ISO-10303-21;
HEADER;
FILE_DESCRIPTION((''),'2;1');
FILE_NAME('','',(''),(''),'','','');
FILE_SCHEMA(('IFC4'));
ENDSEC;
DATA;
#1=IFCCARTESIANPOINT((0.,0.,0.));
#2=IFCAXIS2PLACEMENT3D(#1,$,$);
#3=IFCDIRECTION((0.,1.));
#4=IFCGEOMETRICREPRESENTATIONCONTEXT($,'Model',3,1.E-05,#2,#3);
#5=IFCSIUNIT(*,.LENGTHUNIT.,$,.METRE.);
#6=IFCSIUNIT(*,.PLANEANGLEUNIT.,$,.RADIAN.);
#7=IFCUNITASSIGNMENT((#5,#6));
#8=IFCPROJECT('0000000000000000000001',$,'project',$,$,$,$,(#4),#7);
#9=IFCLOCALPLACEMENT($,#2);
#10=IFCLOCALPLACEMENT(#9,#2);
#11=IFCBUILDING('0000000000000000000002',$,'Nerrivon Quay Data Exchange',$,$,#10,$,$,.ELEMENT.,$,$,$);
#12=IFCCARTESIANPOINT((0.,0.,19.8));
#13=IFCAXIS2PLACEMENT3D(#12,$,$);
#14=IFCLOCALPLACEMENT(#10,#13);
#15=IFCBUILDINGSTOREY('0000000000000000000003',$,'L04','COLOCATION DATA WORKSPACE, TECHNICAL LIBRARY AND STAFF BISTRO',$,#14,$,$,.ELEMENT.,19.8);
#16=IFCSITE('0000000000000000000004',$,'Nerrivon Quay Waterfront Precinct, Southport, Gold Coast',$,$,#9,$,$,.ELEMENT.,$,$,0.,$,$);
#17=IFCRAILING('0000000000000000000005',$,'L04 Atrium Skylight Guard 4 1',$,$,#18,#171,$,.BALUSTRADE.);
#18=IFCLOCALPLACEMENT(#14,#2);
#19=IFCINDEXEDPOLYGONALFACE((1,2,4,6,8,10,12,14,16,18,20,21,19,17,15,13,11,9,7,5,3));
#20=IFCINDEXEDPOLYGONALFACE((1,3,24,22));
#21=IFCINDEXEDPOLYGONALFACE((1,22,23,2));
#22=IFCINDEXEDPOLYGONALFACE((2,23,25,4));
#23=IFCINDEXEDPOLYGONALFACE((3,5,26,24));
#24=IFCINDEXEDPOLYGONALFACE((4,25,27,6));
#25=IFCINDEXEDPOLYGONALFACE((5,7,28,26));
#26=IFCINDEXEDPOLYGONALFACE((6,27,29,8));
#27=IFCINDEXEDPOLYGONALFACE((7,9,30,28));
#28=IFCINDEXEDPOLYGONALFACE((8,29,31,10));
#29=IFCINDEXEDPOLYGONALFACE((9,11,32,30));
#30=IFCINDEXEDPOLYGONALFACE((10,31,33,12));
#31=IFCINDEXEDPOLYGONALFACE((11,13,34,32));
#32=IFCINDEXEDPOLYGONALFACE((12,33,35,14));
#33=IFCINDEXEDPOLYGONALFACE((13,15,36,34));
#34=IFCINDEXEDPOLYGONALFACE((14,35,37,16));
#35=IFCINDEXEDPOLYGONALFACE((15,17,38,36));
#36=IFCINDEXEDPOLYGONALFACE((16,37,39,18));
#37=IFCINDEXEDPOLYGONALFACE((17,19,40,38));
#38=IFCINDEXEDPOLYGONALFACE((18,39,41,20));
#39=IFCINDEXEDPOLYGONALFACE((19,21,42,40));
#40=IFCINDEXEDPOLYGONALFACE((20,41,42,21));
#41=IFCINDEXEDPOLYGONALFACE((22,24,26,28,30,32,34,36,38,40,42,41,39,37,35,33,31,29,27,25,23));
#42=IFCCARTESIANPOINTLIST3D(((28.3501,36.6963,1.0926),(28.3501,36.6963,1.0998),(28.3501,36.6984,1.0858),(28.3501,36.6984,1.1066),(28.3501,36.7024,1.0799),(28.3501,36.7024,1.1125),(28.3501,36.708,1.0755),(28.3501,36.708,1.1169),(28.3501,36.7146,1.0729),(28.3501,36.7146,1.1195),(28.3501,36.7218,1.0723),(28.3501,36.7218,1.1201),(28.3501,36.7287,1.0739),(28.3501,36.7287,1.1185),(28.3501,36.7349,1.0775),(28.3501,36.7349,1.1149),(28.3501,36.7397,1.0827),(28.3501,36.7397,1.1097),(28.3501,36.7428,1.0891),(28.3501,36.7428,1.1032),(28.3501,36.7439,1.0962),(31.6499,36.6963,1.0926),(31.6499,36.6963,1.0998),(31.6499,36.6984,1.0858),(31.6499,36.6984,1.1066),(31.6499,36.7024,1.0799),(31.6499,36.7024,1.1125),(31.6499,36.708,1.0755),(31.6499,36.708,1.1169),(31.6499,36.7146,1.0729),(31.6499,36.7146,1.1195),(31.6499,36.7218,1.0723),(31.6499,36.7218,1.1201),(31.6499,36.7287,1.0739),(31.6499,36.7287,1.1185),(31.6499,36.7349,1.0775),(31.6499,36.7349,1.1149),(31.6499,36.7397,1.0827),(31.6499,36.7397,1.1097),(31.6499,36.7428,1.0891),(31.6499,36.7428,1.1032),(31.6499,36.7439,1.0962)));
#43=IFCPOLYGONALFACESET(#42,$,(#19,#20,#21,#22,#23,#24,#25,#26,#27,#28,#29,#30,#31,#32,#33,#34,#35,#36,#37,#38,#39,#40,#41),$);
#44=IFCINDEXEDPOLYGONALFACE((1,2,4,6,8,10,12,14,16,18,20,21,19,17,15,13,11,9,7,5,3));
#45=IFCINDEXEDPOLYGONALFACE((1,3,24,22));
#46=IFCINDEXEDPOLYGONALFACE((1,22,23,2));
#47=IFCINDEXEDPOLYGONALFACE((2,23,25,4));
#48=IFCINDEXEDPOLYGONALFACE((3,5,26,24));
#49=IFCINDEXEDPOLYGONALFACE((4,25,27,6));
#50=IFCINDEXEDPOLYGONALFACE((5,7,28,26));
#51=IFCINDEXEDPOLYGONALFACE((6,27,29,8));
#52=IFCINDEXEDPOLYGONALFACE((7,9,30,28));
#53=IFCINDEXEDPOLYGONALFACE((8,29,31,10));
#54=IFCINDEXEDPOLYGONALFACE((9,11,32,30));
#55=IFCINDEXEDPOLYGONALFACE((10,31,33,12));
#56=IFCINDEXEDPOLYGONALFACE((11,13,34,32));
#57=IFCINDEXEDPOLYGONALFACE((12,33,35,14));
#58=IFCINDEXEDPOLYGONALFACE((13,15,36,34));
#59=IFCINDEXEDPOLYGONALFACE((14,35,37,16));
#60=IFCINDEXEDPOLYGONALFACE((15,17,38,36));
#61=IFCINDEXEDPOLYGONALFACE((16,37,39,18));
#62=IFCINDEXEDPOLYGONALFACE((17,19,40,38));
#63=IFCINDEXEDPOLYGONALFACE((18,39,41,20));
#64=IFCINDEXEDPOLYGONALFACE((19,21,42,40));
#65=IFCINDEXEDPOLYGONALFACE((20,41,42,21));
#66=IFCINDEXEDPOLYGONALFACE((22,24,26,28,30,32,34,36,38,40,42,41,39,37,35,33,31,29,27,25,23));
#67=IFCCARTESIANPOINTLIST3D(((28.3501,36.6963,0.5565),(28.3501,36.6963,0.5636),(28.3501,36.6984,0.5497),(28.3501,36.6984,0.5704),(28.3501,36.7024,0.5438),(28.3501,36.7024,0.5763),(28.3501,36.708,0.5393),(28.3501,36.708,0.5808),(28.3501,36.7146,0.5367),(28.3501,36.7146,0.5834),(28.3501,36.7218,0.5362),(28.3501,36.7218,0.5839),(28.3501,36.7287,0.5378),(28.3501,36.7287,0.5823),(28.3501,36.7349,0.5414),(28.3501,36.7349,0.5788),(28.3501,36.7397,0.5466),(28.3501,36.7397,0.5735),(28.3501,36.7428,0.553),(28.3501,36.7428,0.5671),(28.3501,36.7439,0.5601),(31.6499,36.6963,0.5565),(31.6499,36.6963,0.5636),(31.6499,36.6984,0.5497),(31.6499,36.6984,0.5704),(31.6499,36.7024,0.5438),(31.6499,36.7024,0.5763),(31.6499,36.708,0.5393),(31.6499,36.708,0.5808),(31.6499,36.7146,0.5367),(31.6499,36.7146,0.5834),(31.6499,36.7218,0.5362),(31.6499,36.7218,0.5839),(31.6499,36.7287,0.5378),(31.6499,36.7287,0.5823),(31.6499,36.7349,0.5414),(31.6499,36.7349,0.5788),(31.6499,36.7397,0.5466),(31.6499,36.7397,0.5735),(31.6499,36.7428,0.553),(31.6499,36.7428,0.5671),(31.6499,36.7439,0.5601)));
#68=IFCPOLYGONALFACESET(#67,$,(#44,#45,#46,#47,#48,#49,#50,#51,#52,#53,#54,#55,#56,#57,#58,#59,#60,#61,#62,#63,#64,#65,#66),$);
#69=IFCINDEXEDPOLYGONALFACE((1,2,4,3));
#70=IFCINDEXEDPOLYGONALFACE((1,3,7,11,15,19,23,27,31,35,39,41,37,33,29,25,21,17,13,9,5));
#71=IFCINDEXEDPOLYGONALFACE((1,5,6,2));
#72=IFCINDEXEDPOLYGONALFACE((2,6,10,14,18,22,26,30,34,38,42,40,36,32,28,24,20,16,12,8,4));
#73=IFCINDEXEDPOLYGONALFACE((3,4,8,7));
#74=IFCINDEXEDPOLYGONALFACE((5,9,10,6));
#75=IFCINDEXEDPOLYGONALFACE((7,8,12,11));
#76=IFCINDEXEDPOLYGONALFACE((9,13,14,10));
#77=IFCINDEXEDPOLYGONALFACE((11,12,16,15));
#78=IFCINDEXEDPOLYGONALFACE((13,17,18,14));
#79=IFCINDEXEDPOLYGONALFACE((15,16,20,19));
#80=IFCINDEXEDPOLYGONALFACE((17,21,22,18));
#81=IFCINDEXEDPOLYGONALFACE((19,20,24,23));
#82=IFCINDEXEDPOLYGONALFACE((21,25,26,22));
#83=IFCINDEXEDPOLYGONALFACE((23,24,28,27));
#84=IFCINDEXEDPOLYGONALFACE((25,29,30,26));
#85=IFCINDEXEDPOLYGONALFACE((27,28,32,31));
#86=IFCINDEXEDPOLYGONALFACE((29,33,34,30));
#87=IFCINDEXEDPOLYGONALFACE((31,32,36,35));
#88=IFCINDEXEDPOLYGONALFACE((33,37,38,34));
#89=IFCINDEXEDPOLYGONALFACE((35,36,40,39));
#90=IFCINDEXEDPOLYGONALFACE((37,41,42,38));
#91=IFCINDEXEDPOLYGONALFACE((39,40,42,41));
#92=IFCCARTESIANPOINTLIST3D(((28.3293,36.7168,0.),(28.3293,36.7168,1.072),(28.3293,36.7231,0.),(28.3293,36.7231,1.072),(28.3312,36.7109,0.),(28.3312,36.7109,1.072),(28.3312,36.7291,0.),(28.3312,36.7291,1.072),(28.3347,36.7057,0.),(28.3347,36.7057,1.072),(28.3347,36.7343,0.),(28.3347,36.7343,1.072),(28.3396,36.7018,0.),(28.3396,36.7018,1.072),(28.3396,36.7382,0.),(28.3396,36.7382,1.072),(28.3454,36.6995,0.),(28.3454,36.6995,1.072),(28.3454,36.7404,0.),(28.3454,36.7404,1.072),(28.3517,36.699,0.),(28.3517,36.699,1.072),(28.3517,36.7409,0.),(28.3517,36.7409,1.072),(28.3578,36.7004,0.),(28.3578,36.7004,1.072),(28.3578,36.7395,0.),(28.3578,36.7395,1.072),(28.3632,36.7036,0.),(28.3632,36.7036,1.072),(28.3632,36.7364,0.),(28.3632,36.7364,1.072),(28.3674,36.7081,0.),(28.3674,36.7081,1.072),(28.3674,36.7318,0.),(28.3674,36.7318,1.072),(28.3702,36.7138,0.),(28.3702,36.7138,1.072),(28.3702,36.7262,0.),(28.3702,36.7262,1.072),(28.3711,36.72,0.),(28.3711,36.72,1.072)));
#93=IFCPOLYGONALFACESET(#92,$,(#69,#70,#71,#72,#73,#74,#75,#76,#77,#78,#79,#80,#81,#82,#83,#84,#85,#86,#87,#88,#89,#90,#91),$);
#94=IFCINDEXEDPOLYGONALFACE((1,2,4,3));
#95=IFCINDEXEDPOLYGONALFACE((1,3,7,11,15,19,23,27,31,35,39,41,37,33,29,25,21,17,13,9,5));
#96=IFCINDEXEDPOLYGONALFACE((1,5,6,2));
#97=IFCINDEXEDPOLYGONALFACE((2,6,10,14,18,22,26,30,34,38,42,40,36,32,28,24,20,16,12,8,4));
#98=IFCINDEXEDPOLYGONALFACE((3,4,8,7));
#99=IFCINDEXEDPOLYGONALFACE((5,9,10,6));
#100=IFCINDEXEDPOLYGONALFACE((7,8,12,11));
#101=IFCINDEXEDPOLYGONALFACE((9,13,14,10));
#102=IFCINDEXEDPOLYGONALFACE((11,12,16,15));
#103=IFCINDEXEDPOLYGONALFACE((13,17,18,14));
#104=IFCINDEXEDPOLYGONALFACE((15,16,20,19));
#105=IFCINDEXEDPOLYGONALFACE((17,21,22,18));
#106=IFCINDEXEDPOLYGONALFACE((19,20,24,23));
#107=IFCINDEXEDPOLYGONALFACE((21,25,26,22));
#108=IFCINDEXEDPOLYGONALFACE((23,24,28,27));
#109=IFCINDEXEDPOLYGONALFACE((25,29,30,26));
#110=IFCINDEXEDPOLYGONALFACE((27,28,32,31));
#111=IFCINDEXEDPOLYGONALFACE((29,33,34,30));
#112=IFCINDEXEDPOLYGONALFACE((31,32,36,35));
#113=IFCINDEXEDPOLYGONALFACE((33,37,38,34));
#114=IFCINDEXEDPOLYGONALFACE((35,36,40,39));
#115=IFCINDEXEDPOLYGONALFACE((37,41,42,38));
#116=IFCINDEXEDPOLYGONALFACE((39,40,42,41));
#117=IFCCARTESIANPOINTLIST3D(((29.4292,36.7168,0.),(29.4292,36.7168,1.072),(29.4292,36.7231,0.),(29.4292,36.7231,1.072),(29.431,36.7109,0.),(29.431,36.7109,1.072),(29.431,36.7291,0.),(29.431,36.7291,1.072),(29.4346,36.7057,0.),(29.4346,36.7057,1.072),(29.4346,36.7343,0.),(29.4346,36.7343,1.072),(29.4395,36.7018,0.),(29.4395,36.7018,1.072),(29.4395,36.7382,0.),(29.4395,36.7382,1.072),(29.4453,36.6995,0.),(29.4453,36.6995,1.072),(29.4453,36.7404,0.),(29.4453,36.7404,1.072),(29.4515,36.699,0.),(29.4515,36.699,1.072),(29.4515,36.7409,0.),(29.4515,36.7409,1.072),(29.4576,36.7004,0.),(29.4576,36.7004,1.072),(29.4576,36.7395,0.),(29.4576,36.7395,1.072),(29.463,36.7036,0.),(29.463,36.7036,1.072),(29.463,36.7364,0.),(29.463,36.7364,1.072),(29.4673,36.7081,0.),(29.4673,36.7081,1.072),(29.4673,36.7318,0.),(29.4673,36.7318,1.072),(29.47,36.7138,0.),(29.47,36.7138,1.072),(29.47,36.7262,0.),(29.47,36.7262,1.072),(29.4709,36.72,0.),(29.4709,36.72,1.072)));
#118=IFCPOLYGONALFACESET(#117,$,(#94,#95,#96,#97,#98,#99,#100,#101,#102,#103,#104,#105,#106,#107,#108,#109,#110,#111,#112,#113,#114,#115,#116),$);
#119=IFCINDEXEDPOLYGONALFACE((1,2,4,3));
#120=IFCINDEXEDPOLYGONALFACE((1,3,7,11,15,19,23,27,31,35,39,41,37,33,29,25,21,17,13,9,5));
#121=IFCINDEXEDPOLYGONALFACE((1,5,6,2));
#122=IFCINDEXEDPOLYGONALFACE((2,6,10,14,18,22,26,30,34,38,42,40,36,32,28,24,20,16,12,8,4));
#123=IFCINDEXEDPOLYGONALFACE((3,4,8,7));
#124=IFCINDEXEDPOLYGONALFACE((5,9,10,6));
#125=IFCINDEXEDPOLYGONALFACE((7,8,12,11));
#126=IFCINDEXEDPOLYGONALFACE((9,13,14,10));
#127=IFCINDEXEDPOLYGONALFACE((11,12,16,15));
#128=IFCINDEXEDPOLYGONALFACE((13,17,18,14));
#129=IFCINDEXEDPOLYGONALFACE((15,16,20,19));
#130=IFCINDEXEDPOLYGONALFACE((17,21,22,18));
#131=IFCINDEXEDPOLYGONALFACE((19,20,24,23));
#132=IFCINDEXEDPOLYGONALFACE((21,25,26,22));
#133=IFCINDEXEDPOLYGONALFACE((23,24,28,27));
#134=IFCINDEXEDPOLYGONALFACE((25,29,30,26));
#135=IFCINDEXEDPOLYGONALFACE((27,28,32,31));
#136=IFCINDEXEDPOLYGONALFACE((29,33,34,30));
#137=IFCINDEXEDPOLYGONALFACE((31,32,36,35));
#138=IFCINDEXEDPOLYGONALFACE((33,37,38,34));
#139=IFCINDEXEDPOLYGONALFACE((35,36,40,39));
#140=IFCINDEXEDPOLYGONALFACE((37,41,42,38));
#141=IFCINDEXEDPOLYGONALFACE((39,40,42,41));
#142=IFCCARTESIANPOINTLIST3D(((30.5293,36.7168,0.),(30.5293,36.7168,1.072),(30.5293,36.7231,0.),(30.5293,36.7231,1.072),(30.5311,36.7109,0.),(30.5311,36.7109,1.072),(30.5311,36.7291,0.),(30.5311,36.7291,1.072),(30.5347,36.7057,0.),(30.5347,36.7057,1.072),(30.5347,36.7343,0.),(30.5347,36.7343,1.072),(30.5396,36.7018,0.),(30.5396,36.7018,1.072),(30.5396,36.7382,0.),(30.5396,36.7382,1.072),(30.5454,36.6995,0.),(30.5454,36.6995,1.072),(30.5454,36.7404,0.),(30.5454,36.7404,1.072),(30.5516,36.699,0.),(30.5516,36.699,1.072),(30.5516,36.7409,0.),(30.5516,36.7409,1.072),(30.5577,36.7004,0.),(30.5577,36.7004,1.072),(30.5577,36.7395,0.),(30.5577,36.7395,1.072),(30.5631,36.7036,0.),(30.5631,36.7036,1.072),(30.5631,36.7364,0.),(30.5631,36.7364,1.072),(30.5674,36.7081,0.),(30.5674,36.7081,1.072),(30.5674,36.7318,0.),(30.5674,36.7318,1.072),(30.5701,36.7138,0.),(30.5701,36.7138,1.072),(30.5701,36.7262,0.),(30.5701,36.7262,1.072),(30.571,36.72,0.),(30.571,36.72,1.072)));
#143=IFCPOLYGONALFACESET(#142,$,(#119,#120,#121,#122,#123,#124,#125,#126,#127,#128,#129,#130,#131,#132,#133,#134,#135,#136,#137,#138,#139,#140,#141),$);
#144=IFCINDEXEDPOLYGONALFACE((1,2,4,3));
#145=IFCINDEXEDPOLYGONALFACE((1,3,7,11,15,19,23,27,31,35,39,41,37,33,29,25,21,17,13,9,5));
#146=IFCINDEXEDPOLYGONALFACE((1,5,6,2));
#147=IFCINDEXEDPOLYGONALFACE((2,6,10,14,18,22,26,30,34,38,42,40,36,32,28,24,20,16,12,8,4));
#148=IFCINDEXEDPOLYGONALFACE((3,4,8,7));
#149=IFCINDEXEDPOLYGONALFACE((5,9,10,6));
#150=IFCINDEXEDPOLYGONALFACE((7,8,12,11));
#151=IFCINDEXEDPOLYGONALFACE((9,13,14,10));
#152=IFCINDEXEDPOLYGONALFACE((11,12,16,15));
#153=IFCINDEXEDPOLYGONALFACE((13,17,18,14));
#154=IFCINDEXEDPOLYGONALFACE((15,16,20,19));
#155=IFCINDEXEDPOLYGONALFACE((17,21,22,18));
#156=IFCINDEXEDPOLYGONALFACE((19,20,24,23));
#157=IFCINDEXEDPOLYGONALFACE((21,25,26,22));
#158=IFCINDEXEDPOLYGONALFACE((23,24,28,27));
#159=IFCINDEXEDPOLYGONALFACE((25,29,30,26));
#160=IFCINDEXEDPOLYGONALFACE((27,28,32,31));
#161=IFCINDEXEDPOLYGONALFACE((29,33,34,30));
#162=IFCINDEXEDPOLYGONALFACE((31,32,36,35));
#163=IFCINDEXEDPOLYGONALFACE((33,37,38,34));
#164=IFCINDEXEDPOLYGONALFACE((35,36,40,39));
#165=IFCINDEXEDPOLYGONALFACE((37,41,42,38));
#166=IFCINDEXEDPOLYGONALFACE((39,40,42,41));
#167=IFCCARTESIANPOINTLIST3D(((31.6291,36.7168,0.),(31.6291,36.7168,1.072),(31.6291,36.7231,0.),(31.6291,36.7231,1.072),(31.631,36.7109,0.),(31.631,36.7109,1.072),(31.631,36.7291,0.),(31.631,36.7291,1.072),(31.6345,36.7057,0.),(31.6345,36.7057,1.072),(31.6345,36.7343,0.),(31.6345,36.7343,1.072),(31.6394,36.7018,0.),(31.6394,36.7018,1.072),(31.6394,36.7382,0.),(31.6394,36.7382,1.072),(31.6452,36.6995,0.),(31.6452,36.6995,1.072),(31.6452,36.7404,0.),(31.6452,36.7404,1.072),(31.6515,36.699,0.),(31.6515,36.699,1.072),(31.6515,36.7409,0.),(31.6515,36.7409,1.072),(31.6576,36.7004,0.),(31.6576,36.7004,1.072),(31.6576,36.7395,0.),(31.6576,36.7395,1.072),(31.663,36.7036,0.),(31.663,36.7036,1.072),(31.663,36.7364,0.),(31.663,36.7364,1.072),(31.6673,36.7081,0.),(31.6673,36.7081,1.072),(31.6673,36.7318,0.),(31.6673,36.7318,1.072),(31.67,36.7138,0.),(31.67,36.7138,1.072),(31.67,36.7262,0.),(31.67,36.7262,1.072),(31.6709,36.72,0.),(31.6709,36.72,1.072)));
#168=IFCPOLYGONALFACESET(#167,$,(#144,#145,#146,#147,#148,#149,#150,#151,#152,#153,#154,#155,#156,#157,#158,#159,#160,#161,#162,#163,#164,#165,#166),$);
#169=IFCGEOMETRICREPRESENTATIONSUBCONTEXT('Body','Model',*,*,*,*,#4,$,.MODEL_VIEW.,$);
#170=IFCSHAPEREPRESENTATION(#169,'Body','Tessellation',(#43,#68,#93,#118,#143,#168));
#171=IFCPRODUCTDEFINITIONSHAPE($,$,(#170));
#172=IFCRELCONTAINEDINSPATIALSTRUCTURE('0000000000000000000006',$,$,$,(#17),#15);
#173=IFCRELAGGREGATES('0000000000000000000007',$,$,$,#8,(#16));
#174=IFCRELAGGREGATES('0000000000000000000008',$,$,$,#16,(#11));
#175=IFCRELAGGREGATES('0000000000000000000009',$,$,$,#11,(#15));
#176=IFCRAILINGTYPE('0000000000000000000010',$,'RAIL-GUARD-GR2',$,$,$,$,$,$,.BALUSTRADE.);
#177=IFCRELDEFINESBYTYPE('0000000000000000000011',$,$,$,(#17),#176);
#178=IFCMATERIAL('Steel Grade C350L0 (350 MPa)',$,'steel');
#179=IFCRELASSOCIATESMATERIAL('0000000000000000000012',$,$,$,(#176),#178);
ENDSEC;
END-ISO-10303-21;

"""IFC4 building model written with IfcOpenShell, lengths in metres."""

from ifc_helpers import new_model, si_unit, direction, frame, origin, origin_2d, place, context, subcontext, project, spatial, circle, extrude, material, type_object, element, save


model = new_model("IFC4")

# Units and contexts
model_context = context("Model", 3, precision=1e-05, world=origin(), true_north=direction((0.0, 1.0)))
body_context = subcontext(model_context, "Body", "Model", "MODEL_VIEW")
ifc_project = project(units=[si_unit("LENGTHUNIT", "METRE"), si_unit("PLANEANGLEUNIT", "RADIAN")], contexts=[model_context])

# Site, building, storey
site_placement = place(None, origin())
site = spatial("IfcSite", under=ifc_project, at=site_placement, Name="Nerrivon Quay Waterfront Precinct, Southport, Gold Coast", CompositionType="ELEMENT", RefElevation=0.0)
building_placement = place(site_placement, origin())
building = spatial("IfcBuilding", under=site, at=building_placement, Name="Nerrivon Quay Data Exchange", CompositionType="ELEMENT")
storey_placement = place(building_placement, frame((0.0, 0.0, 19.8)))
storey = spatial("IfcBuildingStorey", under=building, at=storey_placement, Name="L04", Description="COLOCATION DATA WORKSPACE, TECHNICAL LIBRARY AND STAFF BISTRO", CompositionType="ELEMENT", Elevation=19.8)

# Railing
ifc_material_1 = material(Name="Steel Grade C350L0 (350 MPa)", Category="steel")
railing_type = type_object("IfcRailingType", Name="RAIL-GUARD-GR2", PredefinedType="BALUSTRADE", material=ifc_material_1)
railing_1_placement = place(storey_placement, frame((28.3501, 36.72, 0.0)))
element("IfcRailing", 1, at=railing_1_placement, inside=storey, type_object=railing_type, Name="L04 Atrium Skylight Guard 4 1", PredefinedType="BALUSTRADE", context=body_context, shape_type="SweptSolid", body=[
    extrude(circle(Radius=0.0239, at=origin_2d()), frame((0.0, 0.0, 1.0962), z_axis=(1.0, 0.0, 0.0), x_axis=(0.0, 1.0, 0.0)), (0.0, 0.0, 1.0), 3.2998),
    extrude(circle(Radius=0.0239, at=origin_2d()), frame((0.0, 0.0, 0.5601), z_axis=(1.0, 0.0, 0.0), x_axis=(0.0, 1.0, 0.0)), (0.0, 0.0, 1.0), 3.2998),
    extrude(circle(Radius=0.021, at=origin_2d()), origin(), (0.0, 0.0, 1.0), 1.072),
    extrude(circle(Radius=0.021, at=origin_2d()), frame((1.0999, 0.0, 0.0)), (0.0, 0.0, 1.0), 1.072),
    extrude(circle(Radius=0.021, at=origin_2d()), frame((2.2, 0.0, 0.0)), (0.0, 0.0, 1.0), 1.072),
    extrude(circle(Radius=0.021, at=origin_2d()), frame((3.2998, 0.0, 0.0)), (0.0, 0.0, 1.0), 1.072),
])

save(model, "model.ifc")
